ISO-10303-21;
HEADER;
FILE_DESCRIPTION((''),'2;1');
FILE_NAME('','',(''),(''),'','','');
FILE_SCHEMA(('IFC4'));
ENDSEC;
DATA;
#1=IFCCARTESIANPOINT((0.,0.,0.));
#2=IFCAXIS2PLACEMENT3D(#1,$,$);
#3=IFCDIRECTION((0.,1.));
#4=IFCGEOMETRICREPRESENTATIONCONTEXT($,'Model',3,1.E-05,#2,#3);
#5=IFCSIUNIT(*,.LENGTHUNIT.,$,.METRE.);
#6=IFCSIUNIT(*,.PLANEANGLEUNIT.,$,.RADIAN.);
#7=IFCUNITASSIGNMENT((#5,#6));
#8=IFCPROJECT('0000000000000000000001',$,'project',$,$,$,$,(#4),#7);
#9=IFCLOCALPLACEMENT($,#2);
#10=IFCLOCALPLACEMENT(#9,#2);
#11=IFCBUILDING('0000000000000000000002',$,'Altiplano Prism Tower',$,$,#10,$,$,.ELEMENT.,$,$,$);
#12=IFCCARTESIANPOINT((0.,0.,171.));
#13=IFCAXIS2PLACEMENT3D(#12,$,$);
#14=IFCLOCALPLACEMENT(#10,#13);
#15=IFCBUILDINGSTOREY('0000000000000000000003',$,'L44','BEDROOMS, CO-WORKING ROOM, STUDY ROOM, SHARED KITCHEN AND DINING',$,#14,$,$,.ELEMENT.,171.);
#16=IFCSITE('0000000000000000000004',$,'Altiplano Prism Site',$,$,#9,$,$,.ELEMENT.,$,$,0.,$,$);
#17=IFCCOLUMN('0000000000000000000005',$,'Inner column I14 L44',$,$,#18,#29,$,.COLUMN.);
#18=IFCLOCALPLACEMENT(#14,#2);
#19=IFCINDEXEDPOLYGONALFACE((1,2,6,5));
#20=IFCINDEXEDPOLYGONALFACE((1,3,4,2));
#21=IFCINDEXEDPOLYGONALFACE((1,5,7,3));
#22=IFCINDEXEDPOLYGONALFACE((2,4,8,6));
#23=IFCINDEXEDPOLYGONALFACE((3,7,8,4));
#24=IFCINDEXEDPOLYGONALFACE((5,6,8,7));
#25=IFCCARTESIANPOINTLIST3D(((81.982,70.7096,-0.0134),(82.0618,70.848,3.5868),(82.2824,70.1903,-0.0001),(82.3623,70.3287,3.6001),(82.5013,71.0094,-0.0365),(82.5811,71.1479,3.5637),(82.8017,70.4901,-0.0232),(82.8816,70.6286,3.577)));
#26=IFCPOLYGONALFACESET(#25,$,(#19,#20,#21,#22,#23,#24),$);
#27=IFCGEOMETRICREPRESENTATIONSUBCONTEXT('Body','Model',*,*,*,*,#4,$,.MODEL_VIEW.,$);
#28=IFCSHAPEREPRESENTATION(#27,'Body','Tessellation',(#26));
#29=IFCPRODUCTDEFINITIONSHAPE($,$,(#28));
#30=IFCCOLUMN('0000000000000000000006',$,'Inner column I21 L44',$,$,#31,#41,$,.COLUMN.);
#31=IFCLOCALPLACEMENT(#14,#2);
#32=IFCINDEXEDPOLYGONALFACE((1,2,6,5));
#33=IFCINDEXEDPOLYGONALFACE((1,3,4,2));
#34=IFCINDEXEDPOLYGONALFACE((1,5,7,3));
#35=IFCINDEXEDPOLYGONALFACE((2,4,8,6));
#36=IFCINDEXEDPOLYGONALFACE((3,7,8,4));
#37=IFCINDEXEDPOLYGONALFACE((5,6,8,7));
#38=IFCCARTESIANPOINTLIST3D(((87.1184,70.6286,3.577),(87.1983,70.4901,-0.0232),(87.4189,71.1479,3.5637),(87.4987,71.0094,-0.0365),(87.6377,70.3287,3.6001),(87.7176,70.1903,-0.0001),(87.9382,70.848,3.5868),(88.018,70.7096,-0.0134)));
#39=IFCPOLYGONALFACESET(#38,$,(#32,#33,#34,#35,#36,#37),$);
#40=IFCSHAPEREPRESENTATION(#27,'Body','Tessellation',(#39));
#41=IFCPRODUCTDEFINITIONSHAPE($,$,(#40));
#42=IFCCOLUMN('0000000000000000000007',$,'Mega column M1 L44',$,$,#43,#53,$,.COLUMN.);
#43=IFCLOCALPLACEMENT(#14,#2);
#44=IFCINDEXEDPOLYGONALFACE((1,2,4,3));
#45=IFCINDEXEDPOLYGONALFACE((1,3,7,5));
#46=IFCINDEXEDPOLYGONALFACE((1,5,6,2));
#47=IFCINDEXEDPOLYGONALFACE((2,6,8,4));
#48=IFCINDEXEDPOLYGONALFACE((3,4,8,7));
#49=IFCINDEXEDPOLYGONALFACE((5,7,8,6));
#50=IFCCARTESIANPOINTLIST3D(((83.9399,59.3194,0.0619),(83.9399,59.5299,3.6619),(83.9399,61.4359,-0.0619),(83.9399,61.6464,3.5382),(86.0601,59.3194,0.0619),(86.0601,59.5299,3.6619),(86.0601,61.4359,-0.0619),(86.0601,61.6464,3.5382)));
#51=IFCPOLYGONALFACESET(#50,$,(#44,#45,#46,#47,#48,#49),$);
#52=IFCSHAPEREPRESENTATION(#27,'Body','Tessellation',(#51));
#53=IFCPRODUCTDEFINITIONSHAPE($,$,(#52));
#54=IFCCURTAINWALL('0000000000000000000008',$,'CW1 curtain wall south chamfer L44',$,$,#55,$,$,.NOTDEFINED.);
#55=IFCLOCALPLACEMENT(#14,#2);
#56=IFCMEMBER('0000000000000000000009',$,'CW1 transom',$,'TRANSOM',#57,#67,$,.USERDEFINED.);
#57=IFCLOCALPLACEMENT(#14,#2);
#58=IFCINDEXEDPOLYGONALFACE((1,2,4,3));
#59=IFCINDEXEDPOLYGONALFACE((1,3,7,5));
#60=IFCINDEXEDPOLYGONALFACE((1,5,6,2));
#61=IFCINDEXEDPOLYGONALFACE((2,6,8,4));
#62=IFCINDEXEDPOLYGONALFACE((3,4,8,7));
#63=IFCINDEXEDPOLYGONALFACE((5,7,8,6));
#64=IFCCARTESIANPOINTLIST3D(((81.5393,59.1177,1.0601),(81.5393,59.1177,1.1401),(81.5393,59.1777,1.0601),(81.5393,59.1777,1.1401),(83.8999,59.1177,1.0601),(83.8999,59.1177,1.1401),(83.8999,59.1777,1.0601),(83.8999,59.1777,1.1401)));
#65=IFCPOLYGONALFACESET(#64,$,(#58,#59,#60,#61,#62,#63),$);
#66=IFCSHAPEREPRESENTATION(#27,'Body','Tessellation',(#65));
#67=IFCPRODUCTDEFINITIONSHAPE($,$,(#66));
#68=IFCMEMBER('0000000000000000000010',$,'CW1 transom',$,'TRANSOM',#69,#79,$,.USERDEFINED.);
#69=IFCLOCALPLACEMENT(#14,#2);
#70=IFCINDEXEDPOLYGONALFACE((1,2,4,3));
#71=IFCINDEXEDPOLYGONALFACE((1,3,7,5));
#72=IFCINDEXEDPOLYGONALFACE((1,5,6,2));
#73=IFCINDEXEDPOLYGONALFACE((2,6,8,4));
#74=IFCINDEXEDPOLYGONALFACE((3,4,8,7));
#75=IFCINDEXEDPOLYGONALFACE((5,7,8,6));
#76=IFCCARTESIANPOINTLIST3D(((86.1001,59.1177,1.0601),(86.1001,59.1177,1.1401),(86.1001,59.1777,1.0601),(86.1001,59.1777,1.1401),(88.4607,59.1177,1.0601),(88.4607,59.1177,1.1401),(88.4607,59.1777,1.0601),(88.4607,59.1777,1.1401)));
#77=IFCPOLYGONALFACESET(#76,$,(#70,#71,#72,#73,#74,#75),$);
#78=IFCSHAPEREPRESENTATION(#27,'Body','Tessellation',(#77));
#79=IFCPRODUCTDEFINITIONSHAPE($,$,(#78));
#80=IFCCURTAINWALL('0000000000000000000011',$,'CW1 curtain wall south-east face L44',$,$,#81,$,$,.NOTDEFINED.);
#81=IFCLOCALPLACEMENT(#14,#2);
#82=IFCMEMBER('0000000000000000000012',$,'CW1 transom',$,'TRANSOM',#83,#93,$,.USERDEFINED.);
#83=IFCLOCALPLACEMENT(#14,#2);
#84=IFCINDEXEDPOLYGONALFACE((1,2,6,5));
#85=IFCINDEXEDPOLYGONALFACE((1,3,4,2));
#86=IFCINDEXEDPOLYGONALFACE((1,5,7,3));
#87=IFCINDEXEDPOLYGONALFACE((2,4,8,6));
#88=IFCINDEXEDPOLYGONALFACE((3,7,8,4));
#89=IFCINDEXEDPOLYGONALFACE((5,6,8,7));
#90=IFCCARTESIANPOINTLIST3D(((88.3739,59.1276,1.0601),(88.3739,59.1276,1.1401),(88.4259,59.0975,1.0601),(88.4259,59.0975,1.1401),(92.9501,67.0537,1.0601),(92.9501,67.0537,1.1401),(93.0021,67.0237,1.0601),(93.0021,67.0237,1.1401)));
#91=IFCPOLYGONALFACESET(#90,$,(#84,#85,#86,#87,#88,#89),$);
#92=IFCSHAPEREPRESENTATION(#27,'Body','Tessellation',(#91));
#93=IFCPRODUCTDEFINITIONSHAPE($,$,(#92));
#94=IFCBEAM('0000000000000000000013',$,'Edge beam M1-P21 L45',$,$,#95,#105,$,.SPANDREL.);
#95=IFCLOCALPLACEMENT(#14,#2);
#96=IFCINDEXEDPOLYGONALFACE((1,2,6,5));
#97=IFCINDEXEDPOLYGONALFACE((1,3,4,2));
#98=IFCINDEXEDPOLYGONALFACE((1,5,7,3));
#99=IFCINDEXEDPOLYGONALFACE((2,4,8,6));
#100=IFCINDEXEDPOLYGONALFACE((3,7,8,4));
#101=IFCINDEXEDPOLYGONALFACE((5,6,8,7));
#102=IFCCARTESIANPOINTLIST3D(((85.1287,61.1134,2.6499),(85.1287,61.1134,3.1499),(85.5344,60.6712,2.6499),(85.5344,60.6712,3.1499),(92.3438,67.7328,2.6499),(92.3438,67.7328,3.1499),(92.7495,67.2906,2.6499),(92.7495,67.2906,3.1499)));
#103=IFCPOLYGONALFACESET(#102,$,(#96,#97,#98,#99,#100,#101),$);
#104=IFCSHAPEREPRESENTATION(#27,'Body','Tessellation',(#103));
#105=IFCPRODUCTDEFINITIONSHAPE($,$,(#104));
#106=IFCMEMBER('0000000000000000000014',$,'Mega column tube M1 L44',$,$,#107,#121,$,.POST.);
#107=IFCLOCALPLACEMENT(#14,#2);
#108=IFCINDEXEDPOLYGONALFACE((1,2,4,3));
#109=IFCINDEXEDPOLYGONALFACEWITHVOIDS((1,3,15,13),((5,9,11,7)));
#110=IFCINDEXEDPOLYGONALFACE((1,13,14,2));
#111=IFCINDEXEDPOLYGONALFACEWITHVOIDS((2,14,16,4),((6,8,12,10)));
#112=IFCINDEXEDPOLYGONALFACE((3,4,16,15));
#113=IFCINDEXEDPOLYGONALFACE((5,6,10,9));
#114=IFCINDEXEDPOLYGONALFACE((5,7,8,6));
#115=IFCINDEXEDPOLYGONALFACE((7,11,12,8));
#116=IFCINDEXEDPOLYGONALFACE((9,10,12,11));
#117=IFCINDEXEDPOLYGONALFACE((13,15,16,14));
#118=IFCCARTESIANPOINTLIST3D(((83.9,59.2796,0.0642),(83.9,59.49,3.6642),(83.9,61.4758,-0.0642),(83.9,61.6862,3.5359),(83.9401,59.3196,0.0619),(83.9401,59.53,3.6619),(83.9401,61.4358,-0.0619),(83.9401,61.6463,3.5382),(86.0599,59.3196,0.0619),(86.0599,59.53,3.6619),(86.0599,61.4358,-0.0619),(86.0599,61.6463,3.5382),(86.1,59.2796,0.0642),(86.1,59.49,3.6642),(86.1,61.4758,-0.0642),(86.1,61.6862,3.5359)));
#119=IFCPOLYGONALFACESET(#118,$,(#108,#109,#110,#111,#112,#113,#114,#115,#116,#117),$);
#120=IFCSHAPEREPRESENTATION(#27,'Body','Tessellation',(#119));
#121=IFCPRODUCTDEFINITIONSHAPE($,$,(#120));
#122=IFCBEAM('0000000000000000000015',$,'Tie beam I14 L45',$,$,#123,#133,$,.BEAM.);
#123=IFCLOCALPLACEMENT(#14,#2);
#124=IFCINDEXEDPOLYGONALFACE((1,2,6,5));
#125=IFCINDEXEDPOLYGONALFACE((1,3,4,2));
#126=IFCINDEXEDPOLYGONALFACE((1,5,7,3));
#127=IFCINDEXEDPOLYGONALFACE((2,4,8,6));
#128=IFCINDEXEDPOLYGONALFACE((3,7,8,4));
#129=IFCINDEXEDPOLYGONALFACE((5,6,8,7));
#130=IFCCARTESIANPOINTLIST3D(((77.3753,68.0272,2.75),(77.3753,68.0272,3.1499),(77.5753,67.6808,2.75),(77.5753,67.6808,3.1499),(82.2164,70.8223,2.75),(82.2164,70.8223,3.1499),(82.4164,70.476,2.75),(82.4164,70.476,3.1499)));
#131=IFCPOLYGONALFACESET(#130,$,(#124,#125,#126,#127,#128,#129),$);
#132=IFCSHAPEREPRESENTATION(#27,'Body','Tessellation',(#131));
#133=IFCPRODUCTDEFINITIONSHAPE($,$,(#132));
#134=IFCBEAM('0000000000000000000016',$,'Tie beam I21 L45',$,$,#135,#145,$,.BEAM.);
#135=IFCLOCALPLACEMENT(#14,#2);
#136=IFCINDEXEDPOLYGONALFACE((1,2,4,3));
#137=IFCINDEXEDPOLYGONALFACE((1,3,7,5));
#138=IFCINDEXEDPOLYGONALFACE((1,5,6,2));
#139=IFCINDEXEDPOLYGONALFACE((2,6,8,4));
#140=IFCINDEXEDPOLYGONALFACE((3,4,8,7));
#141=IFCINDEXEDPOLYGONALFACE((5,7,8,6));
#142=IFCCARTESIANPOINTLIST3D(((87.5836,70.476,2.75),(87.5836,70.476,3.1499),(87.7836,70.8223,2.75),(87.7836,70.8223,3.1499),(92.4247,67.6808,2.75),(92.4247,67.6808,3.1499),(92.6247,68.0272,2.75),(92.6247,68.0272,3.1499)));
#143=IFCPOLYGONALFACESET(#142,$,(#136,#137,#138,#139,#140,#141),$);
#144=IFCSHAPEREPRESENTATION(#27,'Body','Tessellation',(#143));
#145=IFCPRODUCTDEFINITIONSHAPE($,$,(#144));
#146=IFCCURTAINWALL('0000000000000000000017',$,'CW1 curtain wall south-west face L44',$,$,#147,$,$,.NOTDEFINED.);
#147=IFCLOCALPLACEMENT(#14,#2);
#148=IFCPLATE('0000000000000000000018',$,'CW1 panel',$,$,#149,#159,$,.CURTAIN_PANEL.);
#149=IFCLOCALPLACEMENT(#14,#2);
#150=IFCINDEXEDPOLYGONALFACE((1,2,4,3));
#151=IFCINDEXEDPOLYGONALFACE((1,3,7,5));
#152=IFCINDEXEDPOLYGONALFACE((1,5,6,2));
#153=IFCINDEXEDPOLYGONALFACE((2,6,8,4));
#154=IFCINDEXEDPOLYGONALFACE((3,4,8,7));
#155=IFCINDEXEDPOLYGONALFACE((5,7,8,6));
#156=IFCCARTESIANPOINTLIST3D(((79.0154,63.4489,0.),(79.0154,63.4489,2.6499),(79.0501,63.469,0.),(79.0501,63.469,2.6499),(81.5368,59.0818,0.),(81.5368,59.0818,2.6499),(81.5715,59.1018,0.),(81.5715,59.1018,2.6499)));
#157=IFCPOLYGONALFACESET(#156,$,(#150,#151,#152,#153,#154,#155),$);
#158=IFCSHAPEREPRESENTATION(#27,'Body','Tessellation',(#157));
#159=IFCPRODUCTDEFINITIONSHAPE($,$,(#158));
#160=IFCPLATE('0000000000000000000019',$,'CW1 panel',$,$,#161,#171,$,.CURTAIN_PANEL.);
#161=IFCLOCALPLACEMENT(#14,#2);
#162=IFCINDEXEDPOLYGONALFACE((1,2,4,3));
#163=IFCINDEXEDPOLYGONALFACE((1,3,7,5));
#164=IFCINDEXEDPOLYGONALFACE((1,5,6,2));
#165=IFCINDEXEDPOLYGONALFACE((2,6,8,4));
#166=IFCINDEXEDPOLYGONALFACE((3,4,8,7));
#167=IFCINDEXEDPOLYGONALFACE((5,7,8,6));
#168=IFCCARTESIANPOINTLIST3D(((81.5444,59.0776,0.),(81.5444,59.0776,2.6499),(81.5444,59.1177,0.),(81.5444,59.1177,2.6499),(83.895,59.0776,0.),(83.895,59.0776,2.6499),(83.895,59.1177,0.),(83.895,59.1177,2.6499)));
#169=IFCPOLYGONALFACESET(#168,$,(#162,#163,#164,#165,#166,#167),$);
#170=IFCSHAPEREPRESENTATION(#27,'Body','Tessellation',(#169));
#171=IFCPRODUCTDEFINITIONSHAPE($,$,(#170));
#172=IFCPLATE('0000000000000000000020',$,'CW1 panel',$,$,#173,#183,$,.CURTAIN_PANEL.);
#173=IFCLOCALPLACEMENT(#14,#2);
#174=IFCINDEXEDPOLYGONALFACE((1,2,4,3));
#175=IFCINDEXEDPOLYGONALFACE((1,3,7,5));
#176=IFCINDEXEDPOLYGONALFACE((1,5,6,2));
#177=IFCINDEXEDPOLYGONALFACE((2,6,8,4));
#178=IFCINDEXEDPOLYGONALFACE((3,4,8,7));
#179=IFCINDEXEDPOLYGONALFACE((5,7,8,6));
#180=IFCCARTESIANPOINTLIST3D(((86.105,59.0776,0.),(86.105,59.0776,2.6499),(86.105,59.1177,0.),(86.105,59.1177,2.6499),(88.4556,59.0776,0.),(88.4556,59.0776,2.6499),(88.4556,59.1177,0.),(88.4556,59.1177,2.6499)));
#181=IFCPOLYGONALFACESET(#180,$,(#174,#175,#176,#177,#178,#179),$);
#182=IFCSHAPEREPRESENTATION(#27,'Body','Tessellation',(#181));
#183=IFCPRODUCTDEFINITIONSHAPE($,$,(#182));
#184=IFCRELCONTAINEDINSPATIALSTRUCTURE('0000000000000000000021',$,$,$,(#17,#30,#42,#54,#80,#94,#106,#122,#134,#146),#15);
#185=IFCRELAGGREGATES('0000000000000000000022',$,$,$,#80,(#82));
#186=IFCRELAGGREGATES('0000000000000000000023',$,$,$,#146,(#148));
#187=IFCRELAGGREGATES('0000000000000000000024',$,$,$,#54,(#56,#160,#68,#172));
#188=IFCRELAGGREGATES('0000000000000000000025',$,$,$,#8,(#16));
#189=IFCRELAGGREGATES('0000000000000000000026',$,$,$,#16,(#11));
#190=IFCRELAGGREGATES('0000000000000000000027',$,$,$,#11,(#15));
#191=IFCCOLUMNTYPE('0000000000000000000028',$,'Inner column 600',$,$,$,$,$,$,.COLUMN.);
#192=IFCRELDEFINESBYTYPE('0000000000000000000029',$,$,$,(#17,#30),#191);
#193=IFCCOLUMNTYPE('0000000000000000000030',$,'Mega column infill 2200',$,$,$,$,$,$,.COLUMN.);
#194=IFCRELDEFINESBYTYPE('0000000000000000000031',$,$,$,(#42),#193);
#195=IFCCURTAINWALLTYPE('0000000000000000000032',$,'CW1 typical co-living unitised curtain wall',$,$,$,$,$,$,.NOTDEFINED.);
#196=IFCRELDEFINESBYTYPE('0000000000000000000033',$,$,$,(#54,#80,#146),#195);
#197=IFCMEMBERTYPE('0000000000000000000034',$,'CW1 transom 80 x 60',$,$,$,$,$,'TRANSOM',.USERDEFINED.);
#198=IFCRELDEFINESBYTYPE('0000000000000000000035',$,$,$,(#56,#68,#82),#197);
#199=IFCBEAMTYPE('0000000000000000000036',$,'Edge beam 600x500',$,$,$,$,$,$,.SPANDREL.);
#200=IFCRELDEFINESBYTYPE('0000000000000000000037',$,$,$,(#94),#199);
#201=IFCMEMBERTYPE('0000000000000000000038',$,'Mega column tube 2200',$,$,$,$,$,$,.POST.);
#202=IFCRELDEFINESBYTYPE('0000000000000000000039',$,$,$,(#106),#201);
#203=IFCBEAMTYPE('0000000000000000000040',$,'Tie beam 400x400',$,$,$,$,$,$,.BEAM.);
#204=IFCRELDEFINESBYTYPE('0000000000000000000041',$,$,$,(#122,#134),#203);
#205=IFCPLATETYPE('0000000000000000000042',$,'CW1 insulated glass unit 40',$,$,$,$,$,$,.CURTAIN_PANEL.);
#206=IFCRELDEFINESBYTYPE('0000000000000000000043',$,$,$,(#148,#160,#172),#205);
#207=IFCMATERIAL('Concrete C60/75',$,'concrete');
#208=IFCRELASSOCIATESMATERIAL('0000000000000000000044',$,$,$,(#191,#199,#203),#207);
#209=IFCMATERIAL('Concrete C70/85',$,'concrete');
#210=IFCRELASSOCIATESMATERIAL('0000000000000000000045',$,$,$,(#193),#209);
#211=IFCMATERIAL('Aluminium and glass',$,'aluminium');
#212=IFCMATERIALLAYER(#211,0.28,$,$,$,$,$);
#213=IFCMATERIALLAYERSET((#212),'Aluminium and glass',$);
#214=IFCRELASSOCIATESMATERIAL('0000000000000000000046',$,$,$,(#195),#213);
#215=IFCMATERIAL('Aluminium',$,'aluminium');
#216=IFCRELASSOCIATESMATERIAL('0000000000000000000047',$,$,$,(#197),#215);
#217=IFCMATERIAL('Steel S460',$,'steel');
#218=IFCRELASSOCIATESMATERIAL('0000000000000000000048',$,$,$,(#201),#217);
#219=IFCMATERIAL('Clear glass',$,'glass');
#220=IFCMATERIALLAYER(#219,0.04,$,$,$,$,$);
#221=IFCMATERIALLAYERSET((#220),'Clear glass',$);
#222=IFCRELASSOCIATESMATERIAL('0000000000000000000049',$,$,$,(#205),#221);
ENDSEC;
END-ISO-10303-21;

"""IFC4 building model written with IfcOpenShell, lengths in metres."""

from ifc_helpers import new_model, si_unit, direction, frame, origin, origin_2d, place, context, subcontext, project, spatial, rectangle, hollow_rectangle, extrude, material, layer, layer_set, material_profile, profile_set, type_object, element, aggregate, save


model = new_model("IFC4")

# Units and contexts
model_context = context("Model", 3, precision=1e-05, world=origin(), true_north=direction((0.0, 1.0)))
body_context = subcontext(model_context, "Body", "Model", "MODEL_VIEW")
ifc_project = project(units=[si_unit("LENGTHUNIT", "METRE"), si_unit("PLANEANGLEUNIT", "RADIAN")], contexts=[model_context])

# Site, building, storey
site_placement = place(None, origin())
site = spatial("IfcSite", under=ifc_project, at=site_placement, Name="Altiplano Prism Site", CompositionType="ELEMENT", RefElevation=0.0)
building_placement = place(site_placement, origin())
building = spatial("IfcBuilding", under=site, at=building_placement, Name="Altiplano Prism Tower", CompositionType="ELEMENT")
storey_placement = place(building_placement, frame((0.0, 0.0, 171.0)))
storey = spatial("IfcBuildingStorey", under=building, at=storey_placement, Name="L44", Description="BEDROOMS, CO-WORKING ROOM, STUDY ROOM, SHARED KITCHEN AND DINING", CompositionType="ELEMENT", Elevation=171.0)

# Columns
ifc_material_1 = material(Name="Concrete C60/75", Category="concrete")
ifc_material_profile_1 = material_profile(ifc_material_1, rectangle(XDim=0.6001, YDim=0.6001, at=origin_2d()), Name="Inner column 600")
ifc_profile_set_1 = profile_set([ifc_material_profile_1], Name="Concrete C60/75")
column_type_1 = type_object("IfcColumnType", Name="Inner column 600", PredefinedType="COLUMN", material=ifc_profile_set_1)
for number, where, z_axis, x_axis, name in (
    (1, (82.3918, 70.5999, -0.0183), (0.022154, 0.038413, 0.999016), (-0.865365, -0.499669, 0.038403), "Inner column I14 L44"),
    (2, (87.6082, 70.5999, -0.0183), (-0.022154, 0.038413, 0.999016), (-0.500653, -0.865364, 0.022172), "Inner column I21 L44"),
):
    element("IfcColumn", number, at=place(storey_placement, frame(where, z_axis=z_axis, x_axis=x_axis)), inside=storey, type_object=column_type_1, Name=name, PredefinedType="COLUMN", context=body_context, shape_type="SweptSolid", body=[
        extrude(rectangle(XDim=0.6001, YDim=0.6001, at=origin_2d()), origin(), (0.0, 0.0, 1.0), 3.6038),
    ])
ifc_material_2 = material(Name="Concrete C70/85", Category="concrete")
ifc_material_profile_2 = material_profile(ifc_material_2, rectangle(XDim=2.1201, YDim=2.1201, at=origin_2d()), Name="Mega column infill 2200")
ifc_profile_set_2 = profile_set([ifc_material_profile_2], Name="Concrete C70/85")
column_type_2 = type_object("IfcColumnType", Name="Mega column infill 2200", PredefinedType="COLUMN", material=ifc_profile_set_2)
column_placement = place(storey_placement, frame((85.0, 60.3777, 0.0), z_axis=(0.0, 0.058357, 0.998296), x_axis=(-1.0, 0.0, 0.0)))
element("IfcColumn", 3, at=column_placement, inside=storey, type_object=column_type_2, Name="Mega column M1 L44", PredefinedType="COLUMN", context=body_context, shape_type="SweptSolid", body=[
    extrude(rectangle(XDim=2.1201, YDim=2.1201, at=origin_2d()), origin(), (0.0, 0.0, 1.0), 3.6062),
])

# Curtain wall, members
ifc_material_3 = material(Name="Aluminium and glass", Category="aluminium")
ifc_layer_1 = layer(ifc_material_3, 0.28)
ifc_layer_set_1 = layer_set([ifc_layer_1], Name="Aluminium and glass")
curtain_wall_type = type_object("IfcCurtainWallType", Name="CW1 typical co-living unitised curtain wall", PredefinedType="NOTDEFINED", material=ifc_layer_set_1)
curtain_wall_1_placement = place(storey_placement, origin())
curtain_wall_1 = element("IfcCurtainWall", 4, at=curtain_wall_1_placement, inside=storey, type_object=curtain_wall_type, Name="CW1 curtain wall south chamfer L44", PredefinedType="NOTDEFINED")
ifc_material_4 = material(Name="Aluminium", Category="aluminium")
ifc_material_profile_3 = material_profile(ifc_material_4, rectangle(XDim=0.0601, YDim=0.0801, at=origin_2d()), Name="CW1 transom 80 x 60")
ifc_profile_set_3 = profile_set([ifc_material_profile_3], Name="Aluminium")
member_type_1 = type_object("IfcMemberType", Name="CW1 transom 80 x 60", ElementType="TRANSOM", PredefinedType="USERDEFINED", material=ifc_profile_set_3)
member_1_placement = place(storey_placement, frame((81.5393, 59.1477, 1.1001), z_axis=(1.0, 0.0, 0.0), x_axis=(0.0, 1.0, 0.0)))
member_1 = element("IfcMember", 5, at=member_1_placement, type_object=member_type_1, Name="CW1 transom", ObjectType="TRANSOM", PredefinedType="USERDEFINED", context=body_context, shape_type="SweptSolid", body=[
    extrude(rectangle(XDim=0.0601, YDim=0.0801, at=origin_2d()), origin(), (0.0, 0.0, 1.0), 2.3606),
])
member_2_placement = place(storey_placement, frame((86.1001, 59.1477, 1.1001), z_axis=(1.0, 0.0, 0.0), x_axis=(0.0, 1.0, 0.0)))
member_2 = element("IfcMember", 6, at=member_2_placement, type_object=member_type_1, Name="CW1 transom", ObjectType="TRANSOM", PredefinedType="USERDEFINED", context=body_context, shape_type="SweptSolid", body=[
    extrude(rectangle(XDim=0.0601, YDim=0.0801, at=origin_2d()), origin(), (0.0, 0.0, 1.0), 2.3606),
])

# Curtain wall, member
curtain_wall_2_placement = place(storey_placement, origin())
curtain_wall_2 = element("IfcCurtainWall", 7, at=curtain_wall_2_placement, inside=storey, type_object=curtain_wall_type, Name="CW1 curtain wall south-east face L44", PredefinedType="NOTDEFINED")
member_3_placement = place(storey_placement, frame((88.3999, 59.1125, 1.1001), z_axis=(0.500006, 0.866022, 0.0), x_axis=(-0.866022, 0.500006, 0.0)))
member_3 = element("IfcMember", 8, at=member_3_placement, type_object=member_type_1, Name="CW1 transom", ObjectType="TRANSOM", PredefinedType="USERDEFINED", context=body_context, shape_type="SweptSolid", body=[
    extrude(rectangle(XDim=0.0601, YDim=0.0801, at=origin_2d()), origin(), (0.0, 0.0, 1.0), 9.1523),
])
aggregate(curtain_wall_2, [member_3])

# Beam
ifc_material_profile_4 = material_profile(ifc_material_1, rectangle(XDim=0.6001, YDim=0.5, at=origin_2d()), Name="Edge beam 600x500")
ifc_profile_set_4 = profile_set([ifc_material_profile_4], Name="Concrete C60/75")
beam_type_1 = type_object("IfcBeamType", Name="Edge beam 600x500", PredefinedType="SPANDREL", material=ifc_profile_set_4)
beam_placement = place(storey_placement, frame((85.3315, 60.8923, 2.8999), z_axis=(0.736872, 0.676033, 0.0), x_axis=(-0.676033, 0.736872, 0.0)))
element("IfcBeam", 9, at=beam_placement, inside=storey, type_object=beam_type_1, Name="Edge beam M1-P21 L45", PredefinedType="SPANDREL", context=body_context, shape_type="SweptSolid", body=[
    extrude(rectangle(XDim=0.6001, YDim=0.5, at=origin_2d()), origin(), (0.0, 0.0, 1.0), 9.7915),
])

# Member
ifc_material_5 = material(Name="Steel S460", Category="steel")
ifc_material_profile_5 = material_profile(ifc_material_5, hollow_rectangle(XDim=2.2, YDim=2.2, WallThickness=0.04, at=origin_2d()), Name="Mega column tube 2200")
ifc_profile_set_5 = profile_set([ifc_material_profile_5], Name="Steel S460")
member_type_2 = type_object("IfcMemberType", Name="Mega column tube 2200", PredefinedType="POST", material=ifc_profile_set_5)
member_4_placement = place(storey_placement, frame((85.0, 60.3777, 0.0), z_axis=(0.0, 0.058357, 0.998296), x_axis=(-1.0, 0.0, 0.0)))
element("IfcMember", 10, at=member_4_placement, inside=storey, type_object=member_type_2, Name="Mega column tube M1 L44", PredefinedType="POST", context=body_context, shape_type="SweptSolid", body=[
    extrude(hollow_rectangle(XDim=2.2, YDim=2.2, WallThickness=0.04, at=origin_2d()), origin(), (0.0, 0.0, 1.0), 3.6062),
])

# Beams
ifc_material_profile_6 = material_profile(ifc_material_1, rectangle(XDim=0.3999, YDim=0.3999, at=origin_2d()), Name="Tie beam 400x400")
ifc_profile_set_6 = profile_set([ifc_material_profile_6], Name="Concrete C60/75")
beam_type_2 = type_object("IfcBeamType", Name="Tie beam 400x400", PredefinedType="BEAM", material=ifc_profile_set_6)
for number, where, z_axis, x_axis, name in (
    (11, (82.3164, 70.6492, 2.95), (-0.866012, -0.500024, 0.0), (0.500024, -0.866012, 0.0), "Tie beam I14 L45"),
    (12, (87.6836, 70.6492, 2.95), (0.866012, -0.500024, 0.0), (0.500024, 0.866012, 0.0), "Tie beam I21 L45"),
):
    element("IfcBeam", number, at=place(storey_placement, frame(where, z_axis=z_axis, x_axis=x_axis)), inside=storey, type_object=beam_type_2, Name=name, PredefinedType="BEAM", context=body_context, shape_type="SweptSolid", body=[
        extrude(rectangle(XDim=0.3999, YDim=0.3999, at=origin_2d()), origin(), (0.0, 0.0, 1.0), 5.5901),
    ])

# Curtain wall, plate
curtain_wall_3_placement = place(storey_placement, origin())
curtain_wall_3 = element("IfcCurtainWall", 13, at=curtain_wall_3_placement, inside=storey, type_object=curtain_wall_type, Name="CW1 curtain wall south-west face L44", PredefinedType="NOTDEFINED")
ifc_material_6 = material(Name="Clear glass", Category="glass")
ifc_layer_2 = layer(ifc_material_6, 0.04)
ifc_layer_set_2 = layer_set([ifc_layer_2], Name="Clear glass")
plate_type = type_object("IfcPlateType", Name="CW1 insulated glass unit 40", PredefinedType="CURTAIN_PANEL", material=ifc_layer_set_2)
plate_1_placement = place(storey_placement, frame((80.2935, 61.2754, 0.0), z_axis=(0.0, 0.0, 1.0), x_axis=(0.5, -0.866025, 0.0)))
plate_1 = element("IfcPlate", 14, at=plate_1_placement, type_object=plate_type, Name="CW1 panel", PredefinedType="CURTAIN_PANEL", context=body_context, shape_type="SweptSolid", body=[
    extrude(rectangle(XDim=5.0427, YDim=0.04, at=origin_2d()), origin(), (0.0, 0.0, 1.0), 2.6499),
])
aggregate(curtain_wall_3, [plate_1])

# Plates
plate_2_placement = place(storey_placement, frame((82.7197, 59.0977, 0.0), z_axis=(0.0, 0.0, 1.0), x_axis=(1.0, 0.0, 0.0)))
plate_2 = element("IfcPlate", 15, at=plate_2_placement, type_object=plate_type, Name="CW1 panel", PredefinedType="CURTAIN_PANEL", context=body_context, shape_type="SweptSolid", body=[
    extrude(rectangle(XDim=2.3506, YDim=0.04, at=origin_2d()), origin(), (0.0, 0.0, 1.0), 2.6499),
])
plate_3_placement = place(storey_placement, frame((87.2803, 59.0977, 0.0), z_axis=(0.0, 0.0, 1.0), x_axis=(1.0, 0.0, 0.0)))
plate_3 = element("IfcPlate", 16, at=plate_3_placement, type_object=plate_type, Name="CW1 panel", PredefinedType="CURTAIN_PANEL", context=body_context, shape_type="SweptSolid", body=[
    extrude(rectangle(XDim=2.3506, YDim=0.04, at=origin_2d()), origin(), (0.0, 0.0, 1.0), 2.6499),
])
aggregate(curtain_wall_1, [member_1, plate_2, member_2, plate_3])

save(model, "model.ifc")
